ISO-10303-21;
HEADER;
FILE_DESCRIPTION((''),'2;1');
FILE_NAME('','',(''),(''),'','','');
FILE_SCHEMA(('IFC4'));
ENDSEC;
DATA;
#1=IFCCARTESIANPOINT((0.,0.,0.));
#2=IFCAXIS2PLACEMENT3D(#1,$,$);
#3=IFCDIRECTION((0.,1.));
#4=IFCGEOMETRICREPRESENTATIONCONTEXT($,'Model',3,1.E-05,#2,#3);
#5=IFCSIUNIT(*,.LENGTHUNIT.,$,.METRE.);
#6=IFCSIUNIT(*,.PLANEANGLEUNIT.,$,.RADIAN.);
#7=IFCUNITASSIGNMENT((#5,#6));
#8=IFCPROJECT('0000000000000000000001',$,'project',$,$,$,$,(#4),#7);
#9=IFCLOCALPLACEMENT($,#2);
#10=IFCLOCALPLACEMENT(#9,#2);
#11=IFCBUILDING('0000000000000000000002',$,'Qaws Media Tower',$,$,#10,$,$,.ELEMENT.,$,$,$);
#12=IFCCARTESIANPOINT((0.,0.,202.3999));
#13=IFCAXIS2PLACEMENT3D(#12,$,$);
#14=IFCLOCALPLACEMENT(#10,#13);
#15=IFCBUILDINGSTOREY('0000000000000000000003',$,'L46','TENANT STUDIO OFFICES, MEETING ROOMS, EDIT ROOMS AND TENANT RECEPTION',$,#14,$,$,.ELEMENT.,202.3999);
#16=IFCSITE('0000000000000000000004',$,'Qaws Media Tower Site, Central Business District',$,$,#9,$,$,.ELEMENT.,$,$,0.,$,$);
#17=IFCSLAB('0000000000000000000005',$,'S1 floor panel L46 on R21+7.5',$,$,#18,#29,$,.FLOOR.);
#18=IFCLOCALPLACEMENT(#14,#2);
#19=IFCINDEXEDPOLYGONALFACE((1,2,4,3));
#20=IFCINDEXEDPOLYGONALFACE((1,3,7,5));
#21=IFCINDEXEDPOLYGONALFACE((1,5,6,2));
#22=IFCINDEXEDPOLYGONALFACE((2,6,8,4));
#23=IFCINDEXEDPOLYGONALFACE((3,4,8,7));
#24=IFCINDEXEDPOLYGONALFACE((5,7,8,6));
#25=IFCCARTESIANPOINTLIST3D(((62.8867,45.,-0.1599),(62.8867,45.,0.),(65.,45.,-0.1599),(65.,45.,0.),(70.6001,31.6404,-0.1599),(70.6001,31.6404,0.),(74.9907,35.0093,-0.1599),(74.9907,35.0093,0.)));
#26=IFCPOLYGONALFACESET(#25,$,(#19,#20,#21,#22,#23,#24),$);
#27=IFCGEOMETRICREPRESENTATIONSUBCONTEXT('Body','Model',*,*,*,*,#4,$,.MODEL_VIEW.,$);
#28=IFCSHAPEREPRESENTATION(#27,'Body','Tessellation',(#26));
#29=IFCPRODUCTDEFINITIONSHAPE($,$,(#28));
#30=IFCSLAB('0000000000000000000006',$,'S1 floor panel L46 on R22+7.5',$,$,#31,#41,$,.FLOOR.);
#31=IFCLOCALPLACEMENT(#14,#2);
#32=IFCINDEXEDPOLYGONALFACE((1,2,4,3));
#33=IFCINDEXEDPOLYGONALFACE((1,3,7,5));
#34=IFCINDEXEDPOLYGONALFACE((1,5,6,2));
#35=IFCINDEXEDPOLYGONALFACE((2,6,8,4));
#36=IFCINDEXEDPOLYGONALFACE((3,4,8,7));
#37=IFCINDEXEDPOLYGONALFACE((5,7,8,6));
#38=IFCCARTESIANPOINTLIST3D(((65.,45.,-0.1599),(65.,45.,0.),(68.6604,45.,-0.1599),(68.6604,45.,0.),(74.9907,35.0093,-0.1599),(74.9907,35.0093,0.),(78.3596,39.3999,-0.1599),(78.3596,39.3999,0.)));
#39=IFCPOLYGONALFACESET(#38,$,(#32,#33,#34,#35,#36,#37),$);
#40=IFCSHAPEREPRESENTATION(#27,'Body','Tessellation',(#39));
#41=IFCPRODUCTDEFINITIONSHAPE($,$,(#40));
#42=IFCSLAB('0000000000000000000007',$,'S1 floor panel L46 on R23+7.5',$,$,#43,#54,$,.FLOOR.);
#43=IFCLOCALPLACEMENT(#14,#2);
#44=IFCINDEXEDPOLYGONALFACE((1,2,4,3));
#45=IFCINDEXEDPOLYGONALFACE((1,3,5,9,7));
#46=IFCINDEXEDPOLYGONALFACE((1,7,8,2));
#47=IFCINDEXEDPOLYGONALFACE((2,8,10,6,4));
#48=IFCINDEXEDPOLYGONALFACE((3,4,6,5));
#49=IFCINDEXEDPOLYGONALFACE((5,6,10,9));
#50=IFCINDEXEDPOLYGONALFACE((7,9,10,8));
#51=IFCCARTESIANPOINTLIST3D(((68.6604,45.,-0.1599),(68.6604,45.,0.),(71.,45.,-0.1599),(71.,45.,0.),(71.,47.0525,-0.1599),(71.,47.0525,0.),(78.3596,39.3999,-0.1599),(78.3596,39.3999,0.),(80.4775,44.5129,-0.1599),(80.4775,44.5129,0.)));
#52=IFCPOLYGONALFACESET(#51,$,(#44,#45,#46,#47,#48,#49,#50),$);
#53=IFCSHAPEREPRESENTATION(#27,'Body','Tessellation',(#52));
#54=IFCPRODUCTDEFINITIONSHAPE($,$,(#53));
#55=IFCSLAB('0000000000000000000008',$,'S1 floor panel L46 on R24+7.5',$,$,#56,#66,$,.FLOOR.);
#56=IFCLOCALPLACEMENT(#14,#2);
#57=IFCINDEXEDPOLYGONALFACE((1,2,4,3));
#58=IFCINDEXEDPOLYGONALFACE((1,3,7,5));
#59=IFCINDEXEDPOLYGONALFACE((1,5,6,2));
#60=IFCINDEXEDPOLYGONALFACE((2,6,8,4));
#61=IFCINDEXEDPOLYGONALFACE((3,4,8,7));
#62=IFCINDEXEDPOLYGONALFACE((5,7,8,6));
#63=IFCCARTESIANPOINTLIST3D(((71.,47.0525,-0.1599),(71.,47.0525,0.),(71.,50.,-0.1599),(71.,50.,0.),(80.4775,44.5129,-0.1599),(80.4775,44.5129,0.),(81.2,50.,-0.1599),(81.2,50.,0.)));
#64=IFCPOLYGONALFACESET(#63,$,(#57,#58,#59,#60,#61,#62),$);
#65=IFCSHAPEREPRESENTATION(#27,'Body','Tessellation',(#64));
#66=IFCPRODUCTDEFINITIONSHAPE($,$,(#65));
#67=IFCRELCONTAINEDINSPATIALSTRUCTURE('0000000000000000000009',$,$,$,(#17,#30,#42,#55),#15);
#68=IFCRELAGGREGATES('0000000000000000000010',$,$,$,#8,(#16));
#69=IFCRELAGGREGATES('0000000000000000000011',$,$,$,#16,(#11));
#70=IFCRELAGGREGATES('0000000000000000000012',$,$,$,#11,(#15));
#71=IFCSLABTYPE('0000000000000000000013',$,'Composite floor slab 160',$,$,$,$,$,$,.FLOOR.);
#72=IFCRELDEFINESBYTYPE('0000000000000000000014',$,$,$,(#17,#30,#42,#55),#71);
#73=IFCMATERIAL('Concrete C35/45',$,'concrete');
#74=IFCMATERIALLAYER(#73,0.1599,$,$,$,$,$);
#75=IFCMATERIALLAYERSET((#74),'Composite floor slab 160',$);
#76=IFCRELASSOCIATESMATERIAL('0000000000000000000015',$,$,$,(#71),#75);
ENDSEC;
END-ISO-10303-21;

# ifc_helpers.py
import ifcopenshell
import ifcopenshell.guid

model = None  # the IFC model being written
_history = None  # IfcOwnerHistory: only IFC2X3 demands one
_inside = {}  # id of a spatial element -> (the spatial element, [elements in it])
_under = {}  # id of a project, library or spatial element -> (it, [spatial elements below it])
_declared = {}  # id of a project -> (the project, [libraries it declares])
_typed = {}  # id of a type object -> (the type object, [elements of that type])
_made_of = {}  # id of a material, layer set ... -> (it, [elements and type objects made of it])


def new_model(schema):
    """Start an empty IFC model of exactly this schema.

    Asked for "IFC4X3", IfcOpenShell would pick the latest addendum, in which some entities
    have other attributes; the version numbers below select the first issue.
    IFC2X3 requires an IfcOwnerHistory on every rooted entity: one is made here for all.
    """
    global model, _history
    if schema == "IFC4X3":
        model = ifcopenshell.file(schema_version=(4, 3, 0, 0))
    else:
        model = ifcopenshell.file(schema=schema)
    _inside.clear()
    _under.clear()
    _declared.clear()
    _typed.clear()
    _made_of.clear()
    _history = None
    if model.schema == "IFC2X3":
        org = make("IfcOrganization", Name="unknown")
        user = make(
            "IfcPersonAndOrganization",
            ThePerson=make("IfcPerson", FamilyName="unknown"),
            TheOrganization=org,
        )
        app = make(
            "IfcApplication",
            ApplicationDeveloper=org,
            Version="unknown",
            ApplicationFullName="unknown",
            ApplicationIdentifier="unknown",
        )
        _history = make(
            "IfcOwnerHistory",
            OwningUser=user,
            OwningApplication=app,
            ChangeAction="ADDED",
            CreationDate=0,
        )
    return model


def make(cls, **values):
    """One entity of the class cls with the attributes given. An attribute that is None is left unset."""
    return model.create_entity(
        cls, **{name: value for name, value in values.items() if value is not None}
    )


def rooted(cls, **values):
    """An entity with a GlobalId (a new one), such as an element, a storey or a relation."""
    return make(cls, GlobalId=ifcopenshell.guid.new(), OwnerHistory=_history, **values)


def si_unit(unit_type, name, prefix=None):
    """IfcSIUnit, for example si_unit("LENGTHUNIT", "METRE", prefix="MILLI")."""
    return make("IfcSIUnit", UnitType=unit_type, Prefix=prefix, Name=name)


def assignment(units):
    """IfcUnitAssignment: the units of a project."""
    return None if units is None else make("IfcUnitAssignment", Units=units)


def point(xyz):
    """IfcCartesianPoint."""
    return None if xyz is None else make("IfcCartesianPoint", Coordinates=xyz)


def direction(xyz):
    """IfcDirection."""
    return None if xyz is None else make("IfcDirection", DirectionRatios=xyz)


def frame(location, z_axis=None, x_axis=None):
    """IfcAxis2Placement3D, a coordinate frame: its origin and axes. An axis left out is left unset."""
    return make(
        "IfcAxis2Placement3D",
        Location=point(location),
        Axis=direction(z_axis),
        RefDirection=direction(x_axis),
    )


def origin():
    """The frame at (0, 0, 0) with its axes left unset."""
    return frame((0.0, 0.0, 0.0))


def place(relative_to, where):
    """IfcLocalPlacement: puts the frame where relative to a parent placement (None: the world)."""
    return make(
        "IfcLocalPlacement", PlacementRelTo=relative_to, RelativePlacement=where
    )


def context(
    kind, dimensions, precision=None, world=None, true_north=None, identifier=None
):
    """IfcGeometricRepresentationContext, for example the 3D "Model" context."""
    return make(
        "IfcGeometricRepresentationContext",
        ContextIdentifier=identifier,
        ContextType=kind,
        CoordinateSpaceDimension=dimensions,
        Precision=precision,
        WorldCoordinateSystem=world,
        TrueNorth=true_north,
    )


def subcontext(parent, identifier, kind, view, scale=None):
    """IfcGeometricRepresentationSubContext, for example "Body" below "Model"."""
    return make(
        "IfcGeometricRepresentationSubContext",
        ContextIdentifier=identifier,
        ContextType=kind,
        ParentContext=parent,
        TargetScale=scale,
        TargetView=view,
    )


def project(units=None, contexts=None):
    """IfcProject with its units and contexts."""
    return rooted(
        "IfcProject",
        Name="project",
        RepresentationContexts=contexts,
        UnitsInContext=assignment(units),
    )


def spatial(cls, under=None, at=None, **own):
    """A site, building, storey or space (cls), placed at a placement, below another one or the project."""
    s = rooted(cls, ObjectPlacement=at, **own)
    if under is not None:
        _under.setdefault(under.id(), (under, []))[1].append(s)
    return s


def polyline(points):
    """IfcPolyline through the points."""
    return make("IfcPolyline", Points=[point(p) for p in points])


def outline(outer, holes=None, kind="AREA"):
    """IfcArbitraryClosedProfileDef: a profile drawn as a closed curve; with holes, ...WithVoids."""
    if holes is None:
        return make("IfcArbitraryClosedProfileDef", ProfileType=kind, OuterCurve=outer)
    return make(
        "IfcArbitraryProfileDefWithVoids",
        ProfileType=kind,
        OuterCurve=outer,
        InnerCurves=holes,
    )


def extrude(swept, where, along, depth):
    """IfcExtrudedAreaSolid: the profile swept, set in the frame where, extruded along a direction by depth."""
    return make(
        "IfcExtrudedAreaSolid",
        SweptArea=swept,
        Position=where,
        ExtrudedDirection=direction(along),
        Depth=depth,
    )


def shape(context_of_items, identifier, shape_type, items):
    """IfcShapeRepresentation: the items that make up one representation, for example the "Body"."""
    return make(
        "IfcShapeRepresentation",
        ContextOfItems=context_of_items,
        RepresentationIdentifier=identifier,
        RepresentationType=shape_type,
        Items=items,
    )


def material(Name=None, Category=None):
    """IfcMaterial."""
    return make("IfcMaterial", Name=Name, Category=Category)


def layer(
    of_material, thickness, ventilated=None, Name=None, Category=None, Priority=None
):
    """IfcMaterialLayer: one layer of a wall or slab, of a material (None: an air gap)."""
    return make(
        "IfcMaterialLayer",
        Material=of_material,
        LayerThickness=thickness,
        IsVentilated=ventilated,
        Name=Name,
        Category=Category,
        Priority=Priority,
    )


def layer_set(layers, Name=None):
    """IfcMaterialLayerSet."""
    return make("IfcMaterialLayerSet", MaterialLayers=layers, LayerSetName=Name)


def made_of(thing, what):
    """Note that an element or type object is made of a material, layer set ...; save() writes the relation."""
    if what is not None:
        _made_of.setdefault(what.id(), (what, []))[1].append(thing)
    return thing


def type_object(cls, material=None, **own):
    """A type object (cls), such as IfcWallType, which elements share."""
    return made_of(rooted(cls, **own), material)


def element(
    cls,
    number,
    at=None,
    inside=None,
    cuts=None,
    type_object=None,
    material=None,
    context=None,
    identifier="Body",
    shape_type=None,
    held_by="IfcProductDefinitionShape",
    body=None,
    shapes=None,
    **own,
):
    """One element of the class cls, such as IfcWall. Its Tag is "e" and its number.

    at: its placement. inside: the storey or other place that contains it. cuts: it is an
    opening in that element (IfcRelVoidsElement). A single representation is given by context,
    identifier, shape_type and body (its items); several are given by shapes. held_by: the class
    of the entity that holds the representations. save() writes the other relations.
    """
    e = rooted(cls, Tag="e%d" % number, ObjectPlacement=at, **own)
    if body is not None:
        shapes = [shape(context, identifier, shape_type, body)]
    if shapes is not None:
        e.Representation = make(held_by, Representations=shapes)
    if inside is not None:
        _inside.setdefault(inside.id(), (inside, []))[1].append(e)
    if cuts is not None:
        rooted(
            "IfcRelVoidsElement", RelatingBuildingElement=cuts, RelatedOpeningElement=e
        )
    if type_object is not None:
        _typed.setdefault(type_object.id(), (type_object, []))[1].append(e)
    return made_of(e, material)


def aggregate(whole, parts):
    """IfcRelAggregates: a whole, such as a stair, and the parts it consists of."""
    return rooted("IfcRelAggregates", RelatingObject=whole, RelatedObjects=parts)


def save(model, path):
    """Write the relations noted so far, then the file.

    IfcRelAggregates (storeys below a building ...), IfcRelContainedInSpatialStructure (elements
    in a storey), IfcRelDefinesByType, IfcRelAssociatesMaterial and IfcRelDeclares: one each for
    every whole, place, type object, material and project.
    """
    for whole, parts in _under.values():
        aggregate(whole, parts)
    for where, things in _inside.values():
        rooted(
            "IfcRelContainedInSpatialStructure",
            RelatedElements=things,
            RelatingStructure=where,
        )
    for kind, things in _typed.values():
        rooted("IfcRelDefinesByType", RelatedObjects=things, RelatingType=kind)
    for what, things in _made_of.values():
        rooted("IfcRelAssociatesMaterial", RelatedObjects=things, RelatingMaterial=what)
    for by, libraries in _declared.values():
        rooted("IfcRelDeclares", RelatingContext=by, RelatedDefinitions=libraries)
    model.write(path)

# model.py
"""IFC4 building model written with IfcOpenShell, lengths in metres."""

from ifc_helpers import new_model, si_unit, direction, frame, origin, place, context, subcontext, project, spatial, polyline, outline, extrude, material, layer, layer_set, type_object, element, save


model = new_model("IFC4")

# Units and contexts
model_context = context("Model", 3, precision=1e-05, world=origin(), true_north=direction((0.0, 1.0)))
body_context = subcontext(model_context, "Body", "Model", "MODEL_VIEW")
ifc_project = project(units=[si_unit("LENGTHUNIT", "METRE"), si_unit("PLANEANGLEUNIT", "RADIAN")], contexts=[model_context])

# Site, building, storey
site_placement = place(None, origin())
site = spatial("IfcSite", under=ifc_project, at=site_placement, Name="Qaws Media Tower Site, Central Business District", CompositionType="ELEMENT", RefElevation=0.0)
building_placement = place(site_placement, origin())
building = spatial("IfcBuilding", under=site, at=building_placement, Name="Qaws Media Tower", CompositionType="ELEMENT")
storey_placement = place(building_placement, frame((0.0, 0.0, 202.3999)))
storey = spatial("IfcBuildingStorey", under=building, at=storey_placement, Name="L46", Description="TENANT STUDIO OFFICES, MEETING ROOMS, EDIT ROOMS AND TENANT RECEPTION", CompositionType="ELEMENT", Elevation=202.3999)

# Slabs
ifc_material_1 = material(Name="Concrete C35/45", Category="concrete")
ifc_layer_1 = layer(ifc_material_1, 0.1599)
ifc_layer_set_1 = layer_set([ifc_layer_1], Name="Composite floor slab 160")
slab_type_1 = type_object("IfcSlabType", Name="Composite floor slab 160", PredefinedType="FLOOR", material=ifc_layer_set_1)
slab_1_placement = place(storey_placement, frame((0.0, 0.0, -0.1599)))
element("IfcSlab", 1, at=slab_1_placement, inside=storey, type_object=slab_type_1, Name="S1 floor panel L46 on R21+7.5", PredefinedType="FLOOR", context=body_context, shape_type="SweptSolid", body=[
    extrude(outline(polyline([(74.9907, 35.0093), (70.6001, 31.6404), (62.8867, 45.0), (65.0, 45.0), (74.9907, 35.0093)])), origin(), (0.0, 0.0, 1.0), 0.1599),
])
slab_2_placement = place(storey_placement, frame((0.0, 0.0, -0.1599)))
element("IfcSlab", 2, at=slab_2_placement, inside=storey, type_object=slab_type_1, Name="S1 floor panel L46 on R22+7.5", PredefinedType="FLOOR", context=body_context, shape_type="SweptSolid", body=[
    extrude(outline(polyline([(74.9907, 35.0093), (65.0, 45.0), (68.6604, 45.0), (78.3596, 39.3999), (74.9907, 35.0093)])), origin(), (0.0, 0.0, 1.0), 0.1599),
])
slab_3_placement = place(storey_placement, frame((0.0, 0.0, -0.1599)))
element("IfcSlab", 3, at=slab_3_placement, inside=storey, type_object=slab_type_1, Name="S1 floor panel L46 on R23+7.5", PredefinedType="FLOOR", context=body_context, shape_type="SweptSolid", body=[
    extrude(outline(polyline([(80.4775, 44.5129), (78.3596, 39.3999), (68.6604, 45.0), (71.0, 45.0), (71.0, 47.0525), (80.4775, 44.5129)])), origin(), (0.0, 0.0, 1.0), 0.1599),
])
slab_4_placement = place(storey_placement, frame((0.0, 0.0, -0.1599)))
element("IfcSlab", 4, at=slab_4_placement, inside=storey, type_object=slab_type_1, Name="S1 floor panel L46 on R24+7.5", PredefinedType="FLOOR", context=body_context, shape_type="SweptSolid", body=[
    extrude(outline(polyline([(80.4775, 44.5129), (71.0, 47.0525), (71.0, 50.0), (81.2, 50.0), (80.4775, 44.5129)])), origin(), (0.0, 0.0, 1.0), 0.1599),
])

save(model, "model.ifc")
